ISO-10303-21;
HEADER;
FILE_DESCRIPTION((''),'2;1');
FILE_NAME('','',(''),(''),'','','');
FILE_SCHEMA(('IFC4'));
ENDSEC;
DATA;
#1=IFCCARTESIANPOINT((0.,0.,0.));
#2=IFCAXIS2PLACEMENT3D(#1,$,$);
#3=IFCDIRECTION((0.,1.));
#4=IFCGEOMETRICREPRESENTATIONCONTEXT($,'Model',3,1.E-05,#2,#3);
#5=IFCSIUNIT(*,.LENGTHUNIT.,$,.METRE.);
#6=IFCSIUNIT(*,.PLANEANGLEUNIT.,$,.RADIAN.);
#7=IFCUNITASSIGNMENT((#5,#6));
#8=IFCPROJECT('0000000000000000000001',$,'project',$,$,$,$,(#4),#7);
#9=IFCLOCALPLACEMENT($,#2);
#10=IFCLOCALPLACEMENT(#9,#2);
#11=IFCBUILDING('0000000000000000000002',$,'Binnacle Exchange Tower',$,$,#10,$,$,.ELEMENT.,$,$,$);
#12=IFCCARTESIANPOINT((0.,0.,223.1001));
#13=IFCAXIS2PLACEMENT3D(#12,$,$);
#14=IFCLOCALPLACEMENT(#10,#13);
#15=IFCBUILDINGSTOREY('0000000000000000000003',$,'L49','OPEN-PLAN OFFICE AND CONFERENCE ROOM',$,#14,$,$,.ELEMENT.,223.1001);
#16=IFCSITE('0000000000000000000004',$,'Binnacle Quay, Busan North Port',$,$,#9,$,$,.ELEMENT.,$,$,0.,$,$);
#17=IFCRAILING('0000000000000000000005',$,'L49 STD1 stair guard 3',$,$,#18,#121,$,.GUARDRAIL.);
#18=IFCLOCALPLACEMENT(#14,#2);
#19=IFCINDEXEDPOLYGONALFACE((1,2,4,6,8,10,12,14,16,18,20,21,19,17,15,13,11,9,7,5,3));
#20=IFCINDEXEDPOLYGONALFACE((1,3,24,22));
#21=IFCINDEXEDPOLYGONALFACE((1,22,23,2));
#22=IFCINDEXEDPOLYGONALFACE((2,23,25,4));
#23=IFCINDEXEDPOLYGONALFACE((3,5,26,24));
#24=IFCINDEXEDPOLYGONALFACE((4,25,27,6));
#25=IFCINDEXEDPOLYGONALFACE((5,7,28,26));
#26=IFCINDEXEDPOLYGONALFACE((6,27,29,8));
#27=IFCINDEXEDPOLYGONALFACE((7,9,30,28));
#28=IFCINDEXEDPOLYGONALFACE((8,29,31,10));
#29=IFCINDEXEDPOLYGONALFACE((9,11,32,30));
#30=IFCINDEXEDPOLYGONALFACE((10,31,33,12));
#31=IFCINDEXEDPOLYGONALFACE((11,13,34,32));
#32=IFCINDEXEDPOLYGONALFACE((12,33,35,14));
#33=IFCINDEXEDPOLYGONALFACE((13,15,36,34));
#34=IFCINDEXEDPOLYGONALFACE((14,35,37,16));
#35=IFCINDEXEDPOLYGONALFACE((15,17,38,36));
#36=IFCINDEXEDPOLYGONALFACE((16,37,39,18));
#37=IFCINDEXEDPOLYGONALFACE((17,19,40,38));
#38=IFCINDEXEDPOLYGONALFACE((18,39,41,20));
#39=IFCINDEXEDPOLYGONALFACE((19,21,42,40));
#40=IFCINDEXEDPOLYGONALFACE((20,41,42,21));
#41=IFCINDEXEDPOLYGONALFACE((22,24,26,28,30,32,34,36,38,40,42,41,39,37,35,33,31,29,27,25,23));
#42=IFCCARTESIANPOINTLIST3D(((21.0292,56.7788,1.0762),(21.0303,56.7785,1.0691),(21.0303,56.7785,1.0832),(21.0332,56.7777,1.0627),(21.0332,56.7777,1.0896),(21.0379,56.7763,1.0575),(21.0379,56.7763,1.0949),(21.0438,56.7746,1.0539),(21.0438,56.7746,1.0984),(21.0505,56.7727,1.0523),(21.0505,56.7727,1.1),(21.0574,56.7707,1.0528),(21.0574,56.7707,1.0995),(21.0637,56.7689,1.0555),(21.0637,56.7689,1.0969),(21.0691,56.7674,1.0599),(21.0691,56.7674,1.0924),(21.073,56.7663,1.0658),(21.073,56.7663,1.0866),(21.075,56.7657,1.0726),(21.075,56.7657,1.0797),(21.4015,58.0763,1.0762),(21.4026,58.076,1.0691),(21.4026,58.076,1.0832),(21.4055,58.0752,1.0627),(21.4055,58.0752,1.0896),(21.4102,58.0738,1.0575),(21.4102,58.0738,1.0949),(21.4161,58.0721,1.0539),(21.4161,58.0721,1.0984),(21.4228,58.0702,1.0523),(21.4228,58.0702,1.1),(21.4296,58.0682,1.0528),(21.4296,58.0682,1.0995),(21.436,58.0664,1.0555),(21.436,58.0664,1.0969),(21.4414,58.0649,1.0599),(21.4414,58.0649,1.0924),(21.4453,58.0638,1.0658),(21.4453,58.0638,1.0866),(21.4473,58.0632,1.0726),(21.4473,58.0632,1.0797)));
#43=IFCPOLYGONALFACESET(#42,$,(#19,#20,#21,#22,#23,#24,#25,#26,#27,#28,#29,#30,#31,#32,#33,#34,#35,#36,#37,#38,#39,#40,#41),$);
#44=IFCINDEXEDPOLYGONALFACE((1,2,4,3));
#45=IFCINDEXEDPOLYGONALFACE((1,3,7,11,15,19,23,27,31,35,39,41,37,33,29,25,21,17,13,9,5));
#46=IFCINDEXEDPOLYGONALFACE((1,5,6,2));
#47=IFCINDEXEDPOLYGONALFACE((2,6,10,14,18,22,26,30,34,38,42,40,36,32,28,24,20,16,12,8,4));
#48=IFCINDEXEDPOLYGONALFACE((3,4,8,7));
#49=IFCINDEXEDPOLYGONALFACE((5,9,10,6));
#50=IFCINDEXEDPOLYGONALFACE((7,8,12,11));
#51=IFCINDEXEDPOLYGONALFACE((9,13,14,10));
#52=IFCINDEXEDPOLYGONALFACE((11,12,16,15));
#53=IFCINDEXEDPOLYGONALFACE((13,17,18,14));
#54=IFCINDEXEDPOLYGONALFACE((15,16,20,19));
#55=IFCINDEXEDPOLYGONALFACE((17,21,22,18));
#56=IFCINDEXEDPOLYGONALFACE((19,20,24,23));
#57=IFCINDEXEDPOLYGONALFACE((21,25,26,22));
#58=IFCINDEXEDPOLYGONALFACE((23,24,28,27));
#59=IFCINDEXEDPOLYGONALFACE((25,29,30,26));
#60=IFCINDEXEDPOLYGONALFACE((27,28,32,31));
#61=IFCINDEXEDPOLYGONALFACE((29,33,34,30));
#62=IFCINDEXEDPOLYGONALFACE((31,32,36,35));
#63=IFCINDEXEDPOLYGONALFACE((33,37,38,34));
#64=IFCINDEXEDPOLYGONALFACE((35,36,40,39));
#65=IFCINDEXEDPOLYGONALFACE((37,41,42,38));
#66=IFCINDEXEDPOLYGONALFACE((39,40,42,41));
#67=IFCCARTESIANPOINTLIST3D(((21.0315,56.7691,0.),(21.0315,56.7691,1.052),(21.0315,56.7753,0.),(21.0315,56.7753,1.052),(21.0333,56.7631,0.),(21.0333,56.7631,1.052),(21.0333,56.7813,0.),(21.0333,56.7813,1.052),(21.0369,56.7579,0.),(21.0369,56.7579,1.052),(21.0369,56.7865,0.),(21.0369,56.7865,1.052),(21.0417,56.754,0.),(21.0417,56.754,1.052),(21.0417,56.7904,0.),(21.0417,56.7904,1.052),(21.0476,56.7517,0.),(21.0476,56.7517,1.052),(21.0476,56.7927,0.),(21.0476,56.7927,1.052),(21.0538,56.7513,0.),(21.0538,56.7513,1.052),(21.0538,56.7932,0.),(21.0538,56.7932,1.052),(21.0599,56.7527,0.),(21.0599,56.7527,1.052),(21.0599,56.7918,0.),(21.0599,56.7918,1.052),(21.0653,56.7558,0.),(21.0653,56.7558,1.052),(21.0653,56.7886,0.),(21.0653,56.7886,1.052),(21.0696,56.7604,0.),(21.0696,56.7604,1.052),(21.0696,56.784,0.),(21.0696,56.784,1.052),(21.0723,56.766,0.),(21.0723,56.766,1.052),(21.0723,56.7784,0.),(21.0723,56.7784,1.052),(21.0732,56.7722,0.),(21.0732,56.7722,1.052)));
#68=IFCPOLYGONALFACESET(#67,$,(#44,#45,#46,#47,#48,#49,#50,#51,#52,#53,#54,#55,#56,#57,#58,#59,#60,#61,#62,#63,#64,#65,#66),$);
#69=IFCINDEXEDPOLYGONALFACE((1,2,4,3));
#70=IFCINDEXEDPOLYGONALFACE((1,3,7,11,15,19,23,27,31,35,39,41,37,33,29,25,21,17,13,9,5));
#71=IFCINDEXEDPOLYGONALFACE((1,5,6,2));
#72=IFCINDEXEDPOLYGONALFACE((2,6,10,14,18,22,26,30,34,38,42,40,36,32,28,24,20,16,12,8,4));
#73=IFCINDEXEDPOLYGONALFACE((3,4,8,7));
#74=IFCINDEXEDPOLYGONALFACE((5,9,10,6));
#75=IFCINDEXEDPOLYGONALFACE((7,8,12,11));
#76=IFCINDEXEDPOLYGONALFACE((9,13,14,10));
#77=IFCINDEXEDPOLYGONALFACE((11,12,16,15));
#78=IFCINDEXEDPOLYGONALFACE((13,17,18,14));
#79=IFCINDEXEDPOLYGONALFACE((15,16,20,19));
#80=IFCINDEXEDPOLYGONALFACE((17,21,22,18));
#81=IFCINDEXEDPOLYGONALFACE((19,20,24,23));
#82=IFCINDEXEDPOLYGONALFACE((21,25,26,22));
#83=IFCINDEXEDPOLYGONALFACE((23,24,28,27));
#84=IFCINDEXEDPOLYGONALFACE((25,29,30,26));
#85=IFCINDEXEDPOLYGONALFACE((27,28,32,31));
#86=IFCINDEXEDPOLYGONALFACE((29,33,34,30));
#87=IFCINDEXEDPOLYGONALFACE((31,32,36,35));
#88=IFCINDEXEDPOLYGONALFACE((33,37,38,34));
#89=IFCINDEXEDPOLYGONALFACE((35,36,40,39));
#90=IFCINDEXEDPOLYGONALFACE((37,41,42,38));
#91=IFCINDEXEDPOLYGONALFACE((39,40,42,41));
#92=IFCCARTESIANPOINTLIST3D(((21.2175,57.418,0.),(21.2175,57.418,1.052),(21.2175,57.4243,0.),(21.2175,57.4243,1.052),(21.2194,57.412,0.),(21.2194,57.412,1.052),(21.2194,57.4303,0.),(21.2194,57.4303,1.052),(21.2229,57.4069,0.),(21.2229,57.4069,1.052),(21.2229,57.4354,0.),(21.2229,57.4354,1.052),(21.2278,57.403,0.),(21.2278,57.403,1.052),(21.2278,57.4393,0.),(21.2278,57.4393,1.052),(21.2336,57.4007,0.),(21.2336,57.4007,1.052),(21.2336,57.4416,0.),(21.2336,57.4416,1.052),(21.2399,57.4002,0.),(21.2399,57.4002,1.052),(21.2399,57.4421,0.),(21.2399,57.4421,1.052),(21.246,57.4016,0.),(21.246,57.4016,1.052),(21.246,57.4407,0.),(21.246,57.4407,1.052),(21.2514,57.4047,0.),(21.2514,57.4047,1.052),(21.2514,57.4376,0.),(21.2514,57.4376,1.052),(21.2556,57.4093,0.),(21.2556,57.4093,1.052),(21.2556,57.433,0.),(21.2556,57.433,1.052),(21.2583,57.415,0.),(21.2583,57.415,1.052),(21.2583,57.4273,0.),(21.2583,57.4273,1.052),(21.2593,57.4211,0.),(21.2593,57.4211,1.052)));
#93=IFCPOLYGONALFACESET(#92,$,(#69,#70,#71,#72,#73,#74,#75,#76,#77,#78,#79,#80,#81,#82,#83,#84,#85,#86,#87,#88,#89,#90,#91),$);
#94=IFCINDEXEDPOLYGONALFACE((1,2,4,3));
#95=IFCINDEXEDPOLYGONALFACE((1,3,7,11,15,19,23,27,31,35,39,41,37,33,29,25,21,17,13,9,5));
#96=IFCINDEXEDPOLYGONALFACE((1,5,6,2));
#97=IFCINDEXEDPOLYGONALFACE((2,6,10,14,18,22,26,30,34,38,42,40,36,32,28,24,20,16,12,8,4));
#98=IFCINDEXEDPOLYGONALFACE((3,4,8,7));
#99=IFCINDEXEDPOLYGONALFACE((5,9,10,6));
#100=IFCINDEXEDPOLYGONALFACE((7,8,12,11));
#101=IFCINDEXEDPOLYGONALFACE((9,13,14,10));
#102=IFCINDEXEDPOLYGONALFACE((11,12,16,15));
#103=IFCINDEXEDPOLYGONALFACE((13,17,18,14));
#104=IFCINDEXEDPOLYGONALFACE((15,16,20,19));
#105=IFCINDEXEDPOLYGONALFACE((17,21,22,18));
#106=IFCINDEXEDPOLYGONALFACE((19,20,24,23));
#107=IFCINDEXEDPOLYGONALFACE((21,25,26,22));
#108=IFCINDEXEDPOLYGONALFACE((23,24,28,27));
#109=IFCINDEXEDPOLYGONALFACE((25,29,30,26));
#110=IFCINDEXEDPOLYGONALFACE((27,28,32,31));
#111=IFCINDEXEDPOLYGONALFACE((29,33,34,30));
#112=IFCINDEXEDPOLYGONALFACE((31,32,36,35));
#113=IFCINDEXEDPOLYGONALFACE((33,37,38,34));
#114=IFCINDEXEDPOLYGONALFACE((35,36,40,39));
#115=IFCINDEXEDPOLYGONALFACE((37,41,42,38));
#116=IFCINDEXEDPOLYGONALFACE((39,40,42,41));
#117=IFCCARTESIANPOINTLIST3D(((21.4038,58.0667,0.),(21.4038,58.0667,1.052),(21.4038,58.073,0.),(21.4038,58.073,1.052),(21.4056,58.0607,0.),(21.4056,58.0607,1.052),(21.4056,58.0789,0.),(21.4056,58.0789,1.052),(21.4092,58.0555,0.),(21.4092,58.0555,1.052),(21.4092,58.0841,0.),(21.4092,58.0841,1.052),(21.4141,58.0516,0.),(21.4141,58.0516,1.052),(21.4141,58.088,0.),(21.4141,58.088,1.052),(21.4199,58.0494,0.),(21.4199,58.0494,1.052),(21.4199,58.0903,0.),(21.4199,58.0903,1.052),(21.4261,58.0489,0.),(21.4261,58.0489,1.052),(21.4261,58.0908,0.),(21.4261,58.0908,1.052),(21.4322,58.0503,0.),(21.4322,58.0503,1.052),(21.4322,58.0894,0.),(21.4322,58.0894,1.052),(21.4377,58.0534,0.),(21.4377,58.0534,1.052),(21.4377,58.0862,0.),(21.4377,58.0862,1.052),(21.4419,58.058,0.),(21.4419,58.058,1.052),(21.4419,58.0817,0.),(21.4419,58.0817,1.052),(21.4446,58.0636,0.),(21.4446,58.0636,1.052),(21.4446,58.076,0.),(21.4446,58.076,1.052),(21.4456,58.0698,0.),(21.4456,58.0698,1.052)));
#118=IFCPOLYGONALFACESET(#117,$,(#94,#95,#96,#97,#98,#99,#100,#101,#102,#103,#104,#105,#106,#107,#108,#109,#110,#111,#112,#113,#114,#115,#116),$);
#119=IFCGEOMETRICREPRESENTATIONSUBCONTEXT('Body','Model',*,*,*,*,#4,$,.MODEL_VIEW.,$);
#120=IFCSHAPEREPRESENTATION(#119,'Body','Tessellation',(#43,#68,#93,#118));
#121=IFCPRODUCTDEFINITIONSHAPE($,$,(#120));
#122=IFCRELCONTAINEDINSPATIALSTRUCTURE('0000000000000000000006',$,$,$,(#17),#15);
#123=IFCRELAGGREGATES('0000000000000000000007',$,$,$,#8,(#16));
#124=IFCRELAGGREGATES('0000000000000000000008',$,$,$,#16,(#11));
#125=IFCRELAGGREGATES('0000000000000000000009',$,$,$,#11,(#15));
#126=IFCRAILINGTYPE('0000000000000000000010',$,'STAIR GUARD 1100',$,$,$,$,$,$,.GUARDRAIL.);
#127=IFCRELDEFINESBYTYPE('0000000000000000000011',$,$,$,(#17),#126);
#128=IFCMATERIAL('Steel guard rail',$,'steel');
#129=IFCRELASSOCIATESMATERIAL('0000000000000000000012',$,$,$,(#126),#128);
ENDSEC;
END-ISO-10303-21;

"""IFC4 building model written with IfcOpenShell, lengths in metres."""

from ifc_helpers import new_model, si_unit, direction, frame, origin, origin_2d, place, context, subcontext, project, spatial, circle, extrude, material, type_object, element, save


model = new_model("IFC4")

# Units and contexts
model_context = context("Model", 3, precision=1e-05, world=origin(), true_north=direction((0.0, 1.0)))
body_context = subcontext(model_context, "Body", "Model", "MODEL_VIEW")
ifc_project = project(units=[si_unit("LENGTHUNIT", "METRE"), si_unit("PLANEANGLEUNIT", "RADIAN")], contexts=[model_context])

# Site, building, storey
site_placement = place(None, origin())
site = spatial("IfcSite", under=ifc_project, at=site_placement, Name="Binnacle Quay, Busan North Port", CompositionType="ELEMENT", RefElevation=0.0)
building_placement = place(site_placement, origin())
building = spatial("IfcBuilding", under=site, at=building_placement, Name="Binnacle Exchange Tower", CompositionType="ELEMENT")
storey_placement = place(building_placement, frame((0.0, 0.0, 223.1001)))
storey = spatial("IfcBuildingStorey", under=building, at=storey_placement, Name="L49", Description="OPEN-PLAN OFFICE AND CONFERENCE ROOM", CompositionType="ELEMENT", Elevation=223.1001)

# Railing
ifc_material_1 = material(Name="Steel guard rail", Category="steel")
railing_type = type_object("IfcRailingType", Name="STAIR GUARD 1100", PredefinedType="GUARDRAIL", material=ifc_material_1)
railing_1_placement = place(storey_placement, frame((21.0522, 56.7722, 0.0)))
element("IfcRailing", 1, at=railing_1_placement, inside=storey, type_object=railing_type, Name="L49 STD1 stair guard 3", PredefinedType="GUARDRAIL", context=body_context, shape_type="SweptSolid", body=[
    extrude(circle(Radius=0.0239, at=origin_2d()), frame((0.0, 0.0, 1.0762), z_axis=(0.275796, 0.961216, 0.0), x_axis=(-0.961216, 0.275796, 0.0)), (0.0, 0.0, 1.0), 1.3499),
    extrude(circle(Radius=0.021, at=origin_2d()), origin(), (0.0, 0.0, 1.0), 1.052),
    extrude(circle(Radius=0.021, at=origin_2d()), frame((0.186, 0.6489, 0.0)), (0.0, 0.0, 1.0), 1.052),
    extrude(circle(Radius=0.021, at=origin_2d()), frame((0.3723, 1.2976, 0.0)), (0.0, 0.0, 1.0), 1.052),
])

save(model, "model.ifc")
